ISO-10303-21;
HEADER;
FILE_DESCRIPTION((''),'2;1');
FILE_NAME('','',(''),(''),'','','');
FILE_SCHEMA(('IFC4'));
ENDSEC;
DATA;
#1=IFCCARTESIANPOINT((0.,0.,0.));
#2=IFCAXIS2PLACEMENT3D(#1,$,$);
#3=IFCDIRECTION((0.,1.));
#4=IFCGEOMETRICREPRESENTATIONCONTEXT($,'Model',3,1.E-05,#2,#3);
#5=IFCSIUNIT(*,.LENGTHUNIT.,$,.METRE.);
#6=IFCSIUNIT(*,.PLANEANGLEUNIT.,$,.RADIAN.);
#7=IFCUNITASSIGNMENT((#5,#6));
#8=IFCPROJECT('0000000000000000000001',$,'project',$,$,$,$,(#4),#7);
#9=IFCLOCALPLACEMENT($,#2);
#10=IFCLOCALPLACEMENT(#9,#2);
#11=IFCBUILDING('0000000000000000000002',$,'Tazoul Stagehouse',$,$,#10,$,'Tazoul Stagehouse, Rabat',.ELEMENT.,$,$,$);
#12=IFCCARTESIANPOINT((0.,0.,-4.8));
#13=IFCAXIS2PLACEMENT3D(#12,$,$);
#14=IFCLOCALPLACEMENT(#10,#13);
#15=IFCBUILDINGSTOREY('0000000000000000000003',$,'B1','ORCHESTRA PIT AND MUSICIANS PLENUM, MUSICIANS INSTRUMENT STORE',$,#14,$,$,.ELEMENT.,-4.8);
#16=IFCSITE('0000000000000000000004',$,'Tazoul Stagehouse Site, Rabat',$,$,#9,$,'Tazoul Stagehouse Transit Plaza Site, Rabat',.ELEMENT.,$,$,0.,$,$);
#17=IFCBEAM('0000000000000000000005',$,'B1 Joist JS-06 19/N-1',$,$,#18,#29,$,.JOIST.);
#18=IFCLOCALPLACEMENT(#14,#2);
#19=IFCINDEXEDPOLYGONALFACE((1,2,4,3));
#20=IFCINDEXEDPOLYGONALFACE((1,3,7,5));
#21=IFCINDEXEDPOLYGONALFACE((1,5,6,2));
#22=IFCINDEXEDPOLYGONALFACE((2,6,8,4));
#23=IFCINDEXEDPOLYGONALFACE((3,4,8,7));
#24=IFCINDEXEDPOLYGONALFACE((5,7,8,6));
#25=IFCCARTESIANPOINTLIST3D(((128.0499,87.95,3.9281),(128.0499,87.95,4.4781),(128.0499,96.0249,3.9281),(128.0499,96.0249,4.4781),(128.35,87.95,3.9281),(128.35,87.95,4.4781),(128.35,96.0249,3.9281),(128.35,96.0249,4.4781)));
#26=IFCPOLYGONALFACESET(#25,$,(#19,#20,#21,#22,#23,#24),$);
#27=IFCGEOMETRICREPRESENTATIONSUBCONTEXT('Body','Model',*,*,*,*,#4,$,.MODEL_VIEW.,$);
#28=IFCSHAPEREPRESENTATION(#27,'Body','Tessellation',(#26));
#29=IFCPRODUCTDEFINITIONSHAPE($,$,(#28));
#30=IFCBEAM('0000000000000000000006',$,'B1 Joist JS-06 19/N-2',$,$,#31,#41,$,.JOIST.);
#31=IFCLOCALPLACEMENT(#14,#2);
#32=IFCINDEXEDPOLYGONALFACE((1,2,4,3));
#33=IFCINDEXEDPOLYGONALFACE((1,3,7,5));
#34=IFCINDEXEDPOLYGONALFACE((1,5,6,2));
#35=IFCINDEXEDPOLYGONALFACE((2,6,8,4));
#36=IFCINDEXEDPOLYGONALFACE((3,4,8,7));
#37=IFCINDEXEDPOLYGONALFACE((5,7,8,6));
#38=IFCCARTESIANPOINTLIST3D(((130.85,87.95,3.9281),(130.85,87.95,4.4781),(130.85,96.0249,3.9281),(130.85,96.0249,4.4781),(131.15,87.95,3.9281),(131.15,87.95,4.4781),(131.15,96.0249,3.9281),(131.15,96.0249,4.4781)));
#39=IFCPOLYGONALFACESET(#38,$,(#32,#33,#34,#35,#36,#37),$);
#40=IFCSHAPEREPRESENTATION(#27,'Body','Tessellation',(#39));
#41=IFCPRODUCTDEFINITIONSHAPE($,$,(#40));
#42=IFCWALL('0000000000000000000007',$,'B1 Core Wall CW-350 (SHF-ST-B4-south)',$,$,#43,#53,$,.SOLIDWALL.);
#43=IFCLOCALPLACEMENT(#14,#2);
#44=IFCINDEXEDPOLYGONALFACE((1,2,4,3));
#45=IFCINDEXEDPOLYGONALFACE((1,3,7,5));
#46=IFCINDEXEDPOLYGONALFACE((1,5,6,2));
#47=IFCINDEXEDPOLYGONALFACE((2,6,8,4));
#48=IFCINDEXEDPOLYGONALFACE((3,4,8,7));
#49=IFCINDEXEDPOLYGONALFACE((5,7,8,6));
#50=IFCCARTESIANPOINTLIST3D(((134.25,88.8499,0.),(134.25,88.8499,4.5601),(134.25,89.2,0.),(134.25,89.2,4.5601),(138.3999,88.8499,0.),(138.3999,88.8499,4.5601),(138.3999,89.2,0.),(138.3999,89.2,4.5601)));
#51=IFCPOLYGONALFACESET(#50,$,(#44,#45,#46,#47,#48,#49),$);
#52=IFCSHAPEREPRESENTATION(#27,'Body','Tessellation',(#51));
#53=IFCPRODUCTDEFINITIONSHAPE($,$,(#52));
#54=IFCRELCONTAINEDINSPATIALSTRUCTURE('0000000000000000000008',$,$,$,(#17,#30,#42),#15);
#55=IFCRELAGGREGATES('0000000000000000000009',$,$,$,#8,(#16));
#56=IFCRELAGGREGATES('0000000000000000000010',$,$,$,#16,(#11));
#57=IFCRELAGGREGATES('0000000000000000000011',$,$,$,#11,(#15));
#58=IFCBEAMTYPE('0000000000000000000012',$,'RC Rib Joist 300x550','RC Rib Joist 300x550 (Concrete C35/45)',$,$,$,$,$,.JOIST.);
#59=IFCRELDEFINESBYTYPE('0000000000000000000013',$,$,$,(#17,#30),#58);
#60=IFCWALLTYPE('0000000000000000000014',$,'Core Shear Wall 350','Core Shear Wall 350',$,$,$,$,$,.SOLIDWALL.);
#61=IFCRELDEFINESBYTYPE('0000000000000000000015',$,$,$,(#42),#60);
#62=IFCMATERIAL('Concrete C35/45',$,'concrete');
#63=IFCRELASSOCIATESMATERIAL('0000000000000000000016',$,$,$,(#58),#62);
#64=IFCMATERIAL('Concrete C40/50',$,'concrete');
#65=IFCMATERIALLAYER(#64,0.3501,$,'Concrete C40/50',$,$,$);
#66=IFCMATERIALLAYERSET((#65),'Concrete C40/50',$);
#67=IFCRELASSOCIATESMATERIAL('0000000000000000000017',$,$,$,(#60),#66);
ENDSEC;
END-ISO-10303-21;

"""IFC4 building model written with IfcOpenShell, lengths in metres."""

from ifc_helpers import new_model, si_unit, direction, frame, frame_2d, origin, origin_2d, place, context, subcontext, project, spatial, rectangle, extrude, material, layer, layer_set, material_profile, profile_set, type_object, element, save


model = new_model("IFC4")

# Units and contexts
model_context = context("Model", 3, precision=1e-05, world=origin(), true_north=direction((0.0, 1.0)))
body_context = subcontext(model_context, "Body", "Model", "MODEL_VIEW")
ifc_project = project(units=[si_unit("LENGTHUNIT", "METRE"), si_unit("PLANEANGLEUNIT", "RADIAN")], contexts=[model_context])

# Site, building, storey
site_placement = place(None, origin())
site = spatial("IfcSite", under=ifc_project, at=site_placement, Name="Tazoul Stagehouse Site, Rabat", LongName="Tazoul Stagehouse Transit Plaza Site, Rabat", CompositionType="ELEMENT", RefElevation=0.0)
building_placement = place(site_placement, origin())
building = spatial("IfcBuilding", under=site, at=building_placement, Name="Tazoul Stagehouse", LongName="Tazoul Stagehouse, Rabat", CompositionType="ELEMENT")
storey_placement = place(building_placement, frame((0.0, 0.0, -4.8)))
storey = spatial("IfcBuildingStorey", under=building, at=storey_placement, Name="B1", Description="ORCHESTRA PIT AND MUSICIANS PLENUM, MUSICIANS INSTRUMENT STORE", CompositionType="ELEMENT", Elevation=-4.8)

# Shared definitions
ifc_material_1 = material(Name="Concrete C35/45", Category="concrete")

# Shared definitions
ifc_material_2 = material(Name="Concrete C40/50", Category="concrete")

# Beams
ifc_material_profile_1 = material_profile(ifc_material_1, rectangle(XDim=0.3, YDim=0.55, at=origin_2d()), Name="RC 300x550")
ifc_profile_set_1 = profile_set([ifc_material_profile_1], Name="Concrete C35/45")
beam_type_1 = type_object("IfcBeamType", Name="RC Rib Joist 300x550", Description="RC Rib Joist 300x550 (Concrete C35/45)", PredefinedType="JOIST", material=ifc_profile_set_1)
for number, where, z_axis, x_axis, name in (
    (1, (128.2, 87.95, 4.2031), (0.0, 1.0, 0.0), (-1.0, 0.0, 0.0), "B1 Joist JS-06 19/N-1"),
    (2, (131.0, 87.95, 4.2031), (0.0, 1.0, 0.0), (-1.0, 0.0, 0.0), "B1 Joist JS-06 19/N-2"),
):
    element("IfcBeam", number, at=place(storey_placement, frame(where, z_axis=z_axis, x_axis=x_axis)), inside=storey, type_object=beam_type_1, Name=name, PredefinedType="JOIST", context=body_context, shape_type="SweptSolid", body=[
        extrude(rectangle(XDim=0.3, YDim=0.55, at=origin_2d()), origin(), (0.0, 0.0, 1.0), 8.075),
    ])

# Wall
ifc_layer = layer(ifc_material_2, 0.3501, Name="Concrete C40/50")
ifc_layer_set = layer_set([ifc_layer], Name="Concrete C40/50")
wall_type = type_object("IfcWallType", Name="Core Shear Wall 350", Description="Core Shear Wall 350", PredefinedType="SOLIDWALL", material=ifc_layer_set)
wall_placement = place(storey_placement, frame((138.3999, 89.0249, 0.0), z_axis=(0.0, 0.0, 1.0), x_axis=(-1.0, 0.0, 0.0)))
element("IfcWall", 3, at=wall_placement, inside=storey, type_object=wall_type, Name="B1 Core Wall CW-350 (SHF-ST-B4-south)", PredefinedType="SOLIDWALL", context=body_context, shape_type="SweptSolid", body=[
    extrude(rectangle(XDim=4.1499, YDim=0.3501, at=frame_2d((2.075, 0.0))), origin(), (0.0, 0.0, 1.0), 4.5601),
])

save(model, "model.ifc")
